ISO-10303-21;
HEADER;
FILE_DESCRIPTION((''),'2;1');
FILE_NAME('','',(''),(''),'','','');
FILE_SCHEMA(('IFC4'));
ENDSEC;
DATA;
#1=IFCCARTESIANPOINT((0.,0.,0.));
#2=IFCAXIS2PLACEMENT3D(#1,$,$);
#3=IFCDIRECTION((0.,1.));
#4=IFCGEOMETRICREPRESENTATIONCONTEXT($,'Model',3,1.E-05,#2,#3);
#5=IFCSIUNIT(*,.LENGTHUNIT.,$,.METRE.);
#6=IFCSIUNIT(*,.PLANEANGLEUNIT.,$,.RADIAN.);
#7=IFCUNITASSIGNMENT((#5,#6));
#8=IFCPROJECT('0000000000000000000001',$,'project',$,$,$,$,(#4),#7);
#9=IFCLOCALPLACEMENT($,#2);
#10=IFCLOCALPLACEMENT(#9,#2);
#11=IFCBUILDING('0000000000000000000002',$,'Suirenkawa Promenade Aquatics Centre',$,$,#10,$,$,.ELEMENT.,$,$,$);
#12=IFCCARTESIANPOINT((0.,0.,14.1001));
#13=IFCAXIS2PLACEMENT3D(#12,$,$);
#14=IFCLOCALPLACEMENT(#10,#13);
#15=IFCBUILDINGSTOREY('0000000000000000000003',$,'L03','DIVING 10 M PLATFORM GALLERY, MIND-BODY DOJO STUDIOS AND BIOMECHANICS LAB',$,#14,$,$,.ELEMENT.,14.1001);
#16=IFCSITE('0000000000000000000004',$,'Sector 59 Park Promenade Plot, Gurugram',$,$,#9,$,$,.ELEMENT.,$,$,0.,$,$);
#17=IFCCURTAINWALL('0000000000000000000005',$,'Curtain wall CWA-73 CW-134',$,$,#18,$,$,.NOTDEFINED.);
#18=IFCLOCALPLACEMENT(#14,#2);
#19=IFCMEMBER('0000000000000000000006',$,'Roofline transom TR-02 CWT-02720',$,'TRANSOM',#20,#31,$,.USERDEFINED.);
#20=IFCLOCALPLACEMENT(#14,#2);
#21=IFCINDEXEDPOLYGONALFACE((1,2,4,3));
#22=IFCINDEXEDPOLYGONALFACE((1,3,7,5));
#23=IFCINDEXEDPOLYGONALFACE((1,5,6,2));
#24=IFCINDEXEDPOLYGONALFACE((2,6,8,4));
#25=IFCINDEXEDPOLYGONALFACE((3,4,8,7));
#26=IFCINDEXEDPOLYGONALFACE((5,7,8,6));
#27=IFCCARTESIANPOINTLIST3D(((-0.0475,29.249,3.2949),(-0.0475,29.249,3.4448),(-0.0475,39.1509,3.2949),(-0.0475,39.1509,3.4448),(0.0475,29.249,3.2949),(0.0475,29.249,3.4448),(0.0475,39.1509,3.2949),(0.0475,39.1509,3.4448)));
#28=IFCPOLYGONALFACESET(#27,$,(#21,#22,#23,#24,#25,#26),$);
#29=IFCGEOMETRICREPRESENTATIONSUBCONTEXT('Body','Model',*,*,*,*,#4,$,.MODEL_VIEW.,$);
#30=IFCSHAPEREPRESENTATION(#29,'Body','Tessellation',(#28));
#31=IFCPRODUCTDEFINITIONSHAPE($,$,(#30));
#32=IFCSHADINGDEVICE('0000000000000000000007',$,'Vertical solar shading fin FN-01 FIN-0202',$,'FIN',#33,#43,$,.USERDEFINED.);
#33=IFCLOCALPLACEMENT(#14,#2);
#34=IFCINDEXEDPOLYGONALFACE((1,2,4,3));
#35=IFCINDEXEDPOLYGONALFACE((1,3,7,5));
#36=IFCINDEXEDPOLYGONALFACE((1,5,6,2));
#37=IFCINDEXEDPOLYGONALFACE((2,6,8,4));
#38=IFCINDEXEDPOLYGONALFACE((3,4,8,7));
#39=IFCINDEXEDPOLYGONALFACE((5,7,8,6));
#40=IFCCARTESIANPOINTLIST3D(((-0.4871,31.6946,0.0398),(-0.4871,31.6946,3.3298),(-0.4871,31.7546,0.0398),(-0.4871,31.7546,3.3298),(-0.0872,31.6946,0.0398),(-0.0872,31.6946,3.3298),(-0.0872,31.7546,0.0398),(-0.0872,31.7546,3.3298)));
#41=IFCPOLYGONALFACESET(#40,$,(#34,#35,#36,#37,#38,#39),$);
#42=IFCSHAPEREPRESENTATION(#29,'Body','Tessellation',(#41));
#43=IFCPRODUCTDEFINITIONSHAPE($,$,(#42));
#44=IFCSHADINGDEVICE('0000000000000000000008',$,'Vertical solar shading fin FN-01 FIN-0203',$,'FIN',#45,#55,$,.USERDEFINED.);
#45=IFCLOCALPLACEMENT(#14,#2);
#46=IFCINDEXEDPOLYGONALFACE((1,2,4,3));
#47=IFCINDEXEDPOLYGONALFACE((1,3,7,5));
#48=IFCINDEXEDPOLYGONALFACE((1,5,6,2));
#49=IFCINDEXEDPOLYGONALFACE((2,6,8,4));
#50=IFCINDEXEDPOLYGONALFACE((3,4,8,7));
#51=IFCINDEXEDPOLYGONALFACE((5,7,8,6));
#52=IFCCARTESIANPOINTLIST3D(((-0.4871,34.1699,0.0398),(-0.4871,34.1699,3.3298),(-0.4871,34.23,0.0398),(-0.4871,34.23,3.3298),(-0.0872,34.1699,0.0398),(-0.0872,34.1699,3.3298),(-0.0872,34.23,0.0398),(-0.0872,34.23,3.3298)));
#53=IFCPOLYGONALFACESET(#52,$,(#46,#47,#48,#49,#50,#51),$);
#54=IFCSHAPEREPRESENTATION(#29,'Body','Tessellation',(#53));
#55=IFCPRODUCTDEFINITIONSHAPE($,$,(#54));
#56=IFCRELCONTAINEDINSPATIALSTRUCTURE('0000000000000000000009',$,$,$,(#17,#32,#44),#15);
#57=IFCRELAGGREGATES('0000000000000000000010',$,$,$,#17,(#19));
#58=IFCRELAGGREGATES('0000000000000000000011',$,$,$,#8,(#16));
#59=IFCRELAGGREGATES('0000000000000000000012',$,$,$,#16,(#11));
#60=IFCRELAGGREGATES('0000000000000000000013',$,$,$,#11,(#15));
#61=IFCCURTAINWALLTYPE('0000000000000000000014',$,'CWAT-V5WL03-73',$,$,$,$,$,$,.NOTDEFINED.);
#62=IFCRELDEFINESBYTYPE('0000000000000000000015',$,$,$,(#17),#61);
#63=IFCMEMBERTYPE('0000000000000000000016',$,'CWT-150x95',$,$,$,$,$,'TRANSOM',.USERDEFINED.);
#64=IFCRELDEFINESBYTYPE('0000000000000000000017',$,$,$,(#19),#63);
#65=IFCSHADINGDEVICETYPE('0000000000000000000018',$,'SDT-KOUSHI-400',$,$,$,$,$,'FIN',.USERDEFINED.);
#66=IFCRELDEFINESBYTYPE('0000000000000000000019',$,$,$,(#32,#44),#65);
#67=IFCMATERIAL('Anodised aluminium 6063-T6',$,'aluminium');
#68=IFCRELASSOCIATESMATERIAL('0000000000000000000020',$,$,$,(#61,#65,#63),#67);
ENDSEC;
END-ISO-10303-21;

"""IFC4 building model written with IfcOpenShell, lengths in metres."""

from ifc_helpers import new_model, si_unit, direction, frame, origin, origin_2d, place, context, subcontext, project, spatial, rectangle, extrude, material, material_profile, profile_set, type_object, element, aggregate, save


model = new_model("IFC4")

# Units and contexts
model_context = context("Model", 3, precision=1e-05, world=origin(), true_north=direction((0.0, 1.0)))
body_context = subcontext(model_context, "Body", "Model", "MODEL_VIEW")
ifc_project = project(units=[si_unit("LENGTHUNIT", "METRE"), si_unit("PLANEANGLEUNIT", "RADIAN")], contexts=[model_context])

# Site, building, storey
site_placement = place(None, origin())
site = spatial("IfcSite", under=ifc_project, at=site_placement, Name="Sector 59 Park Promenade Plot, Gurugram", CompositionType="ELEMENT", RefElevation=0.0)
building_placement = place(site_placement, origin())
building = spatial("IfcBuilding", under=site, at=building_placement, Name="Suirenkawa Promenade Aquatics Centre", CompositionType="ELEMENT")
storey_placement = place(building_placement, frame((0.0, 0.0, 14.1001)))
storey = spatial("IfcBuildingStorey", under=building, at=storey_placement, Name="L03", Description="DIVING 10 M PLATFORM GALLERY, MIND-BODY DOJO STUDIOS AND BIOMECHANICS LAB", CompositionType="ELEMENT", Elevation=14.1001)

# Shared definitions
ifc_material_1 = material(Name="Anodised aluminium 6063-T6", Category="aluminium")

# Curtain wall, member
curtain_wall_type_1 = type_object("IfcCurtainWallType", Name="CWAT-V5WL03-73", PredefinedType="NOTDEFINED", material=ifc_material_1)
curtain_wall_1_placement = place(storey_placement, origin())
curtain_wall_1 = element("IfcCurtainWall", 1, at=curtain_wall_1_placement, inside=storey, type_object=curtain_wall_type_1, Name="Curtain wall CWA-73 CW-134", PredefinedType="NOTDEFINED")
ifc_material_profile_1 = material_profile(ifc_material_1, rectangle(XDim=0.095, YDim=0.1499, at=origin_2d()), Name="ALU TRAN 95x150", Category="aluminium")
ifc_profile_set_1 = profile_set([ifc_material_profile_1], Name="Anodised aluminium 6063-T6")
member_type_1 = type_object("IfcMemberType", Name="CWT-150x95", ElementType="TRANSOM", PredefinedType="USERDEFINED", material=ifc_profile_set_1)
member_1_placement = place(storey_placement, frame((0.0, 29.249, 3.3699), z_axis=(0.0, 1.0, 0.0), x_axis=(-1.0, 0.0, 0.0)))
member_1 = element("IfcMember", 2, at=member_1_placement, type_object=member_type_1, Name="Roofline transom TR-02 CWT-02720", ObjectType="TRANSOM", PredefinedType="USERDEFINED", context=body_context, shape_type="SweptSolid", body=[
    extrude(rectangle(XDim=0.095, YDim=0.1499, at=origin_2d()), origin(), (0.0, 0.0, 1.0), 9.9019),
])

aggregate(curtain_wall_1, [member_1])

# Shading devices
shading_device_type = type_object("IfcShadingDeviceType", Name="SDT-KOUSHI-400", ElementType="FIN", PredefinedType="USERDEFINED", material=ifc_material_1)
for number, where, z_axis, x_axis, name in (
    (3, (-0.2871, 31.7246, 0.0398), (0.0, 0.0, 1.0), (-1.0, 0.0, 0.0), "Vertical solar shading fin FN-01 FIN-0202"),
    (4, (-0.2871, 34.2, 0.0398), (0.0, 0.0, 1.0), (-1.0, 0.0, 0.0), "Vertical solar shading fin FN-01 FIN-0203"),
):
    element("IfcShadingDevice", number, at=place(storey_placement, frame(where, z_axis=z_axis, x_axis=x_axis)), inside=storey, type_object=shading_device_type, Name=name, ObjectType="FIN", PredefinedType="USERDEFINED", context=body_context, shape_type="SweptSolid", body=[
        extrude(rectangle(XDim=0.3999, YDim=0.0601, at=origin_2d()), origin(), (0.0, 0.0, 1.0), 3.29),
    ])

save(model, "model.ifc")
